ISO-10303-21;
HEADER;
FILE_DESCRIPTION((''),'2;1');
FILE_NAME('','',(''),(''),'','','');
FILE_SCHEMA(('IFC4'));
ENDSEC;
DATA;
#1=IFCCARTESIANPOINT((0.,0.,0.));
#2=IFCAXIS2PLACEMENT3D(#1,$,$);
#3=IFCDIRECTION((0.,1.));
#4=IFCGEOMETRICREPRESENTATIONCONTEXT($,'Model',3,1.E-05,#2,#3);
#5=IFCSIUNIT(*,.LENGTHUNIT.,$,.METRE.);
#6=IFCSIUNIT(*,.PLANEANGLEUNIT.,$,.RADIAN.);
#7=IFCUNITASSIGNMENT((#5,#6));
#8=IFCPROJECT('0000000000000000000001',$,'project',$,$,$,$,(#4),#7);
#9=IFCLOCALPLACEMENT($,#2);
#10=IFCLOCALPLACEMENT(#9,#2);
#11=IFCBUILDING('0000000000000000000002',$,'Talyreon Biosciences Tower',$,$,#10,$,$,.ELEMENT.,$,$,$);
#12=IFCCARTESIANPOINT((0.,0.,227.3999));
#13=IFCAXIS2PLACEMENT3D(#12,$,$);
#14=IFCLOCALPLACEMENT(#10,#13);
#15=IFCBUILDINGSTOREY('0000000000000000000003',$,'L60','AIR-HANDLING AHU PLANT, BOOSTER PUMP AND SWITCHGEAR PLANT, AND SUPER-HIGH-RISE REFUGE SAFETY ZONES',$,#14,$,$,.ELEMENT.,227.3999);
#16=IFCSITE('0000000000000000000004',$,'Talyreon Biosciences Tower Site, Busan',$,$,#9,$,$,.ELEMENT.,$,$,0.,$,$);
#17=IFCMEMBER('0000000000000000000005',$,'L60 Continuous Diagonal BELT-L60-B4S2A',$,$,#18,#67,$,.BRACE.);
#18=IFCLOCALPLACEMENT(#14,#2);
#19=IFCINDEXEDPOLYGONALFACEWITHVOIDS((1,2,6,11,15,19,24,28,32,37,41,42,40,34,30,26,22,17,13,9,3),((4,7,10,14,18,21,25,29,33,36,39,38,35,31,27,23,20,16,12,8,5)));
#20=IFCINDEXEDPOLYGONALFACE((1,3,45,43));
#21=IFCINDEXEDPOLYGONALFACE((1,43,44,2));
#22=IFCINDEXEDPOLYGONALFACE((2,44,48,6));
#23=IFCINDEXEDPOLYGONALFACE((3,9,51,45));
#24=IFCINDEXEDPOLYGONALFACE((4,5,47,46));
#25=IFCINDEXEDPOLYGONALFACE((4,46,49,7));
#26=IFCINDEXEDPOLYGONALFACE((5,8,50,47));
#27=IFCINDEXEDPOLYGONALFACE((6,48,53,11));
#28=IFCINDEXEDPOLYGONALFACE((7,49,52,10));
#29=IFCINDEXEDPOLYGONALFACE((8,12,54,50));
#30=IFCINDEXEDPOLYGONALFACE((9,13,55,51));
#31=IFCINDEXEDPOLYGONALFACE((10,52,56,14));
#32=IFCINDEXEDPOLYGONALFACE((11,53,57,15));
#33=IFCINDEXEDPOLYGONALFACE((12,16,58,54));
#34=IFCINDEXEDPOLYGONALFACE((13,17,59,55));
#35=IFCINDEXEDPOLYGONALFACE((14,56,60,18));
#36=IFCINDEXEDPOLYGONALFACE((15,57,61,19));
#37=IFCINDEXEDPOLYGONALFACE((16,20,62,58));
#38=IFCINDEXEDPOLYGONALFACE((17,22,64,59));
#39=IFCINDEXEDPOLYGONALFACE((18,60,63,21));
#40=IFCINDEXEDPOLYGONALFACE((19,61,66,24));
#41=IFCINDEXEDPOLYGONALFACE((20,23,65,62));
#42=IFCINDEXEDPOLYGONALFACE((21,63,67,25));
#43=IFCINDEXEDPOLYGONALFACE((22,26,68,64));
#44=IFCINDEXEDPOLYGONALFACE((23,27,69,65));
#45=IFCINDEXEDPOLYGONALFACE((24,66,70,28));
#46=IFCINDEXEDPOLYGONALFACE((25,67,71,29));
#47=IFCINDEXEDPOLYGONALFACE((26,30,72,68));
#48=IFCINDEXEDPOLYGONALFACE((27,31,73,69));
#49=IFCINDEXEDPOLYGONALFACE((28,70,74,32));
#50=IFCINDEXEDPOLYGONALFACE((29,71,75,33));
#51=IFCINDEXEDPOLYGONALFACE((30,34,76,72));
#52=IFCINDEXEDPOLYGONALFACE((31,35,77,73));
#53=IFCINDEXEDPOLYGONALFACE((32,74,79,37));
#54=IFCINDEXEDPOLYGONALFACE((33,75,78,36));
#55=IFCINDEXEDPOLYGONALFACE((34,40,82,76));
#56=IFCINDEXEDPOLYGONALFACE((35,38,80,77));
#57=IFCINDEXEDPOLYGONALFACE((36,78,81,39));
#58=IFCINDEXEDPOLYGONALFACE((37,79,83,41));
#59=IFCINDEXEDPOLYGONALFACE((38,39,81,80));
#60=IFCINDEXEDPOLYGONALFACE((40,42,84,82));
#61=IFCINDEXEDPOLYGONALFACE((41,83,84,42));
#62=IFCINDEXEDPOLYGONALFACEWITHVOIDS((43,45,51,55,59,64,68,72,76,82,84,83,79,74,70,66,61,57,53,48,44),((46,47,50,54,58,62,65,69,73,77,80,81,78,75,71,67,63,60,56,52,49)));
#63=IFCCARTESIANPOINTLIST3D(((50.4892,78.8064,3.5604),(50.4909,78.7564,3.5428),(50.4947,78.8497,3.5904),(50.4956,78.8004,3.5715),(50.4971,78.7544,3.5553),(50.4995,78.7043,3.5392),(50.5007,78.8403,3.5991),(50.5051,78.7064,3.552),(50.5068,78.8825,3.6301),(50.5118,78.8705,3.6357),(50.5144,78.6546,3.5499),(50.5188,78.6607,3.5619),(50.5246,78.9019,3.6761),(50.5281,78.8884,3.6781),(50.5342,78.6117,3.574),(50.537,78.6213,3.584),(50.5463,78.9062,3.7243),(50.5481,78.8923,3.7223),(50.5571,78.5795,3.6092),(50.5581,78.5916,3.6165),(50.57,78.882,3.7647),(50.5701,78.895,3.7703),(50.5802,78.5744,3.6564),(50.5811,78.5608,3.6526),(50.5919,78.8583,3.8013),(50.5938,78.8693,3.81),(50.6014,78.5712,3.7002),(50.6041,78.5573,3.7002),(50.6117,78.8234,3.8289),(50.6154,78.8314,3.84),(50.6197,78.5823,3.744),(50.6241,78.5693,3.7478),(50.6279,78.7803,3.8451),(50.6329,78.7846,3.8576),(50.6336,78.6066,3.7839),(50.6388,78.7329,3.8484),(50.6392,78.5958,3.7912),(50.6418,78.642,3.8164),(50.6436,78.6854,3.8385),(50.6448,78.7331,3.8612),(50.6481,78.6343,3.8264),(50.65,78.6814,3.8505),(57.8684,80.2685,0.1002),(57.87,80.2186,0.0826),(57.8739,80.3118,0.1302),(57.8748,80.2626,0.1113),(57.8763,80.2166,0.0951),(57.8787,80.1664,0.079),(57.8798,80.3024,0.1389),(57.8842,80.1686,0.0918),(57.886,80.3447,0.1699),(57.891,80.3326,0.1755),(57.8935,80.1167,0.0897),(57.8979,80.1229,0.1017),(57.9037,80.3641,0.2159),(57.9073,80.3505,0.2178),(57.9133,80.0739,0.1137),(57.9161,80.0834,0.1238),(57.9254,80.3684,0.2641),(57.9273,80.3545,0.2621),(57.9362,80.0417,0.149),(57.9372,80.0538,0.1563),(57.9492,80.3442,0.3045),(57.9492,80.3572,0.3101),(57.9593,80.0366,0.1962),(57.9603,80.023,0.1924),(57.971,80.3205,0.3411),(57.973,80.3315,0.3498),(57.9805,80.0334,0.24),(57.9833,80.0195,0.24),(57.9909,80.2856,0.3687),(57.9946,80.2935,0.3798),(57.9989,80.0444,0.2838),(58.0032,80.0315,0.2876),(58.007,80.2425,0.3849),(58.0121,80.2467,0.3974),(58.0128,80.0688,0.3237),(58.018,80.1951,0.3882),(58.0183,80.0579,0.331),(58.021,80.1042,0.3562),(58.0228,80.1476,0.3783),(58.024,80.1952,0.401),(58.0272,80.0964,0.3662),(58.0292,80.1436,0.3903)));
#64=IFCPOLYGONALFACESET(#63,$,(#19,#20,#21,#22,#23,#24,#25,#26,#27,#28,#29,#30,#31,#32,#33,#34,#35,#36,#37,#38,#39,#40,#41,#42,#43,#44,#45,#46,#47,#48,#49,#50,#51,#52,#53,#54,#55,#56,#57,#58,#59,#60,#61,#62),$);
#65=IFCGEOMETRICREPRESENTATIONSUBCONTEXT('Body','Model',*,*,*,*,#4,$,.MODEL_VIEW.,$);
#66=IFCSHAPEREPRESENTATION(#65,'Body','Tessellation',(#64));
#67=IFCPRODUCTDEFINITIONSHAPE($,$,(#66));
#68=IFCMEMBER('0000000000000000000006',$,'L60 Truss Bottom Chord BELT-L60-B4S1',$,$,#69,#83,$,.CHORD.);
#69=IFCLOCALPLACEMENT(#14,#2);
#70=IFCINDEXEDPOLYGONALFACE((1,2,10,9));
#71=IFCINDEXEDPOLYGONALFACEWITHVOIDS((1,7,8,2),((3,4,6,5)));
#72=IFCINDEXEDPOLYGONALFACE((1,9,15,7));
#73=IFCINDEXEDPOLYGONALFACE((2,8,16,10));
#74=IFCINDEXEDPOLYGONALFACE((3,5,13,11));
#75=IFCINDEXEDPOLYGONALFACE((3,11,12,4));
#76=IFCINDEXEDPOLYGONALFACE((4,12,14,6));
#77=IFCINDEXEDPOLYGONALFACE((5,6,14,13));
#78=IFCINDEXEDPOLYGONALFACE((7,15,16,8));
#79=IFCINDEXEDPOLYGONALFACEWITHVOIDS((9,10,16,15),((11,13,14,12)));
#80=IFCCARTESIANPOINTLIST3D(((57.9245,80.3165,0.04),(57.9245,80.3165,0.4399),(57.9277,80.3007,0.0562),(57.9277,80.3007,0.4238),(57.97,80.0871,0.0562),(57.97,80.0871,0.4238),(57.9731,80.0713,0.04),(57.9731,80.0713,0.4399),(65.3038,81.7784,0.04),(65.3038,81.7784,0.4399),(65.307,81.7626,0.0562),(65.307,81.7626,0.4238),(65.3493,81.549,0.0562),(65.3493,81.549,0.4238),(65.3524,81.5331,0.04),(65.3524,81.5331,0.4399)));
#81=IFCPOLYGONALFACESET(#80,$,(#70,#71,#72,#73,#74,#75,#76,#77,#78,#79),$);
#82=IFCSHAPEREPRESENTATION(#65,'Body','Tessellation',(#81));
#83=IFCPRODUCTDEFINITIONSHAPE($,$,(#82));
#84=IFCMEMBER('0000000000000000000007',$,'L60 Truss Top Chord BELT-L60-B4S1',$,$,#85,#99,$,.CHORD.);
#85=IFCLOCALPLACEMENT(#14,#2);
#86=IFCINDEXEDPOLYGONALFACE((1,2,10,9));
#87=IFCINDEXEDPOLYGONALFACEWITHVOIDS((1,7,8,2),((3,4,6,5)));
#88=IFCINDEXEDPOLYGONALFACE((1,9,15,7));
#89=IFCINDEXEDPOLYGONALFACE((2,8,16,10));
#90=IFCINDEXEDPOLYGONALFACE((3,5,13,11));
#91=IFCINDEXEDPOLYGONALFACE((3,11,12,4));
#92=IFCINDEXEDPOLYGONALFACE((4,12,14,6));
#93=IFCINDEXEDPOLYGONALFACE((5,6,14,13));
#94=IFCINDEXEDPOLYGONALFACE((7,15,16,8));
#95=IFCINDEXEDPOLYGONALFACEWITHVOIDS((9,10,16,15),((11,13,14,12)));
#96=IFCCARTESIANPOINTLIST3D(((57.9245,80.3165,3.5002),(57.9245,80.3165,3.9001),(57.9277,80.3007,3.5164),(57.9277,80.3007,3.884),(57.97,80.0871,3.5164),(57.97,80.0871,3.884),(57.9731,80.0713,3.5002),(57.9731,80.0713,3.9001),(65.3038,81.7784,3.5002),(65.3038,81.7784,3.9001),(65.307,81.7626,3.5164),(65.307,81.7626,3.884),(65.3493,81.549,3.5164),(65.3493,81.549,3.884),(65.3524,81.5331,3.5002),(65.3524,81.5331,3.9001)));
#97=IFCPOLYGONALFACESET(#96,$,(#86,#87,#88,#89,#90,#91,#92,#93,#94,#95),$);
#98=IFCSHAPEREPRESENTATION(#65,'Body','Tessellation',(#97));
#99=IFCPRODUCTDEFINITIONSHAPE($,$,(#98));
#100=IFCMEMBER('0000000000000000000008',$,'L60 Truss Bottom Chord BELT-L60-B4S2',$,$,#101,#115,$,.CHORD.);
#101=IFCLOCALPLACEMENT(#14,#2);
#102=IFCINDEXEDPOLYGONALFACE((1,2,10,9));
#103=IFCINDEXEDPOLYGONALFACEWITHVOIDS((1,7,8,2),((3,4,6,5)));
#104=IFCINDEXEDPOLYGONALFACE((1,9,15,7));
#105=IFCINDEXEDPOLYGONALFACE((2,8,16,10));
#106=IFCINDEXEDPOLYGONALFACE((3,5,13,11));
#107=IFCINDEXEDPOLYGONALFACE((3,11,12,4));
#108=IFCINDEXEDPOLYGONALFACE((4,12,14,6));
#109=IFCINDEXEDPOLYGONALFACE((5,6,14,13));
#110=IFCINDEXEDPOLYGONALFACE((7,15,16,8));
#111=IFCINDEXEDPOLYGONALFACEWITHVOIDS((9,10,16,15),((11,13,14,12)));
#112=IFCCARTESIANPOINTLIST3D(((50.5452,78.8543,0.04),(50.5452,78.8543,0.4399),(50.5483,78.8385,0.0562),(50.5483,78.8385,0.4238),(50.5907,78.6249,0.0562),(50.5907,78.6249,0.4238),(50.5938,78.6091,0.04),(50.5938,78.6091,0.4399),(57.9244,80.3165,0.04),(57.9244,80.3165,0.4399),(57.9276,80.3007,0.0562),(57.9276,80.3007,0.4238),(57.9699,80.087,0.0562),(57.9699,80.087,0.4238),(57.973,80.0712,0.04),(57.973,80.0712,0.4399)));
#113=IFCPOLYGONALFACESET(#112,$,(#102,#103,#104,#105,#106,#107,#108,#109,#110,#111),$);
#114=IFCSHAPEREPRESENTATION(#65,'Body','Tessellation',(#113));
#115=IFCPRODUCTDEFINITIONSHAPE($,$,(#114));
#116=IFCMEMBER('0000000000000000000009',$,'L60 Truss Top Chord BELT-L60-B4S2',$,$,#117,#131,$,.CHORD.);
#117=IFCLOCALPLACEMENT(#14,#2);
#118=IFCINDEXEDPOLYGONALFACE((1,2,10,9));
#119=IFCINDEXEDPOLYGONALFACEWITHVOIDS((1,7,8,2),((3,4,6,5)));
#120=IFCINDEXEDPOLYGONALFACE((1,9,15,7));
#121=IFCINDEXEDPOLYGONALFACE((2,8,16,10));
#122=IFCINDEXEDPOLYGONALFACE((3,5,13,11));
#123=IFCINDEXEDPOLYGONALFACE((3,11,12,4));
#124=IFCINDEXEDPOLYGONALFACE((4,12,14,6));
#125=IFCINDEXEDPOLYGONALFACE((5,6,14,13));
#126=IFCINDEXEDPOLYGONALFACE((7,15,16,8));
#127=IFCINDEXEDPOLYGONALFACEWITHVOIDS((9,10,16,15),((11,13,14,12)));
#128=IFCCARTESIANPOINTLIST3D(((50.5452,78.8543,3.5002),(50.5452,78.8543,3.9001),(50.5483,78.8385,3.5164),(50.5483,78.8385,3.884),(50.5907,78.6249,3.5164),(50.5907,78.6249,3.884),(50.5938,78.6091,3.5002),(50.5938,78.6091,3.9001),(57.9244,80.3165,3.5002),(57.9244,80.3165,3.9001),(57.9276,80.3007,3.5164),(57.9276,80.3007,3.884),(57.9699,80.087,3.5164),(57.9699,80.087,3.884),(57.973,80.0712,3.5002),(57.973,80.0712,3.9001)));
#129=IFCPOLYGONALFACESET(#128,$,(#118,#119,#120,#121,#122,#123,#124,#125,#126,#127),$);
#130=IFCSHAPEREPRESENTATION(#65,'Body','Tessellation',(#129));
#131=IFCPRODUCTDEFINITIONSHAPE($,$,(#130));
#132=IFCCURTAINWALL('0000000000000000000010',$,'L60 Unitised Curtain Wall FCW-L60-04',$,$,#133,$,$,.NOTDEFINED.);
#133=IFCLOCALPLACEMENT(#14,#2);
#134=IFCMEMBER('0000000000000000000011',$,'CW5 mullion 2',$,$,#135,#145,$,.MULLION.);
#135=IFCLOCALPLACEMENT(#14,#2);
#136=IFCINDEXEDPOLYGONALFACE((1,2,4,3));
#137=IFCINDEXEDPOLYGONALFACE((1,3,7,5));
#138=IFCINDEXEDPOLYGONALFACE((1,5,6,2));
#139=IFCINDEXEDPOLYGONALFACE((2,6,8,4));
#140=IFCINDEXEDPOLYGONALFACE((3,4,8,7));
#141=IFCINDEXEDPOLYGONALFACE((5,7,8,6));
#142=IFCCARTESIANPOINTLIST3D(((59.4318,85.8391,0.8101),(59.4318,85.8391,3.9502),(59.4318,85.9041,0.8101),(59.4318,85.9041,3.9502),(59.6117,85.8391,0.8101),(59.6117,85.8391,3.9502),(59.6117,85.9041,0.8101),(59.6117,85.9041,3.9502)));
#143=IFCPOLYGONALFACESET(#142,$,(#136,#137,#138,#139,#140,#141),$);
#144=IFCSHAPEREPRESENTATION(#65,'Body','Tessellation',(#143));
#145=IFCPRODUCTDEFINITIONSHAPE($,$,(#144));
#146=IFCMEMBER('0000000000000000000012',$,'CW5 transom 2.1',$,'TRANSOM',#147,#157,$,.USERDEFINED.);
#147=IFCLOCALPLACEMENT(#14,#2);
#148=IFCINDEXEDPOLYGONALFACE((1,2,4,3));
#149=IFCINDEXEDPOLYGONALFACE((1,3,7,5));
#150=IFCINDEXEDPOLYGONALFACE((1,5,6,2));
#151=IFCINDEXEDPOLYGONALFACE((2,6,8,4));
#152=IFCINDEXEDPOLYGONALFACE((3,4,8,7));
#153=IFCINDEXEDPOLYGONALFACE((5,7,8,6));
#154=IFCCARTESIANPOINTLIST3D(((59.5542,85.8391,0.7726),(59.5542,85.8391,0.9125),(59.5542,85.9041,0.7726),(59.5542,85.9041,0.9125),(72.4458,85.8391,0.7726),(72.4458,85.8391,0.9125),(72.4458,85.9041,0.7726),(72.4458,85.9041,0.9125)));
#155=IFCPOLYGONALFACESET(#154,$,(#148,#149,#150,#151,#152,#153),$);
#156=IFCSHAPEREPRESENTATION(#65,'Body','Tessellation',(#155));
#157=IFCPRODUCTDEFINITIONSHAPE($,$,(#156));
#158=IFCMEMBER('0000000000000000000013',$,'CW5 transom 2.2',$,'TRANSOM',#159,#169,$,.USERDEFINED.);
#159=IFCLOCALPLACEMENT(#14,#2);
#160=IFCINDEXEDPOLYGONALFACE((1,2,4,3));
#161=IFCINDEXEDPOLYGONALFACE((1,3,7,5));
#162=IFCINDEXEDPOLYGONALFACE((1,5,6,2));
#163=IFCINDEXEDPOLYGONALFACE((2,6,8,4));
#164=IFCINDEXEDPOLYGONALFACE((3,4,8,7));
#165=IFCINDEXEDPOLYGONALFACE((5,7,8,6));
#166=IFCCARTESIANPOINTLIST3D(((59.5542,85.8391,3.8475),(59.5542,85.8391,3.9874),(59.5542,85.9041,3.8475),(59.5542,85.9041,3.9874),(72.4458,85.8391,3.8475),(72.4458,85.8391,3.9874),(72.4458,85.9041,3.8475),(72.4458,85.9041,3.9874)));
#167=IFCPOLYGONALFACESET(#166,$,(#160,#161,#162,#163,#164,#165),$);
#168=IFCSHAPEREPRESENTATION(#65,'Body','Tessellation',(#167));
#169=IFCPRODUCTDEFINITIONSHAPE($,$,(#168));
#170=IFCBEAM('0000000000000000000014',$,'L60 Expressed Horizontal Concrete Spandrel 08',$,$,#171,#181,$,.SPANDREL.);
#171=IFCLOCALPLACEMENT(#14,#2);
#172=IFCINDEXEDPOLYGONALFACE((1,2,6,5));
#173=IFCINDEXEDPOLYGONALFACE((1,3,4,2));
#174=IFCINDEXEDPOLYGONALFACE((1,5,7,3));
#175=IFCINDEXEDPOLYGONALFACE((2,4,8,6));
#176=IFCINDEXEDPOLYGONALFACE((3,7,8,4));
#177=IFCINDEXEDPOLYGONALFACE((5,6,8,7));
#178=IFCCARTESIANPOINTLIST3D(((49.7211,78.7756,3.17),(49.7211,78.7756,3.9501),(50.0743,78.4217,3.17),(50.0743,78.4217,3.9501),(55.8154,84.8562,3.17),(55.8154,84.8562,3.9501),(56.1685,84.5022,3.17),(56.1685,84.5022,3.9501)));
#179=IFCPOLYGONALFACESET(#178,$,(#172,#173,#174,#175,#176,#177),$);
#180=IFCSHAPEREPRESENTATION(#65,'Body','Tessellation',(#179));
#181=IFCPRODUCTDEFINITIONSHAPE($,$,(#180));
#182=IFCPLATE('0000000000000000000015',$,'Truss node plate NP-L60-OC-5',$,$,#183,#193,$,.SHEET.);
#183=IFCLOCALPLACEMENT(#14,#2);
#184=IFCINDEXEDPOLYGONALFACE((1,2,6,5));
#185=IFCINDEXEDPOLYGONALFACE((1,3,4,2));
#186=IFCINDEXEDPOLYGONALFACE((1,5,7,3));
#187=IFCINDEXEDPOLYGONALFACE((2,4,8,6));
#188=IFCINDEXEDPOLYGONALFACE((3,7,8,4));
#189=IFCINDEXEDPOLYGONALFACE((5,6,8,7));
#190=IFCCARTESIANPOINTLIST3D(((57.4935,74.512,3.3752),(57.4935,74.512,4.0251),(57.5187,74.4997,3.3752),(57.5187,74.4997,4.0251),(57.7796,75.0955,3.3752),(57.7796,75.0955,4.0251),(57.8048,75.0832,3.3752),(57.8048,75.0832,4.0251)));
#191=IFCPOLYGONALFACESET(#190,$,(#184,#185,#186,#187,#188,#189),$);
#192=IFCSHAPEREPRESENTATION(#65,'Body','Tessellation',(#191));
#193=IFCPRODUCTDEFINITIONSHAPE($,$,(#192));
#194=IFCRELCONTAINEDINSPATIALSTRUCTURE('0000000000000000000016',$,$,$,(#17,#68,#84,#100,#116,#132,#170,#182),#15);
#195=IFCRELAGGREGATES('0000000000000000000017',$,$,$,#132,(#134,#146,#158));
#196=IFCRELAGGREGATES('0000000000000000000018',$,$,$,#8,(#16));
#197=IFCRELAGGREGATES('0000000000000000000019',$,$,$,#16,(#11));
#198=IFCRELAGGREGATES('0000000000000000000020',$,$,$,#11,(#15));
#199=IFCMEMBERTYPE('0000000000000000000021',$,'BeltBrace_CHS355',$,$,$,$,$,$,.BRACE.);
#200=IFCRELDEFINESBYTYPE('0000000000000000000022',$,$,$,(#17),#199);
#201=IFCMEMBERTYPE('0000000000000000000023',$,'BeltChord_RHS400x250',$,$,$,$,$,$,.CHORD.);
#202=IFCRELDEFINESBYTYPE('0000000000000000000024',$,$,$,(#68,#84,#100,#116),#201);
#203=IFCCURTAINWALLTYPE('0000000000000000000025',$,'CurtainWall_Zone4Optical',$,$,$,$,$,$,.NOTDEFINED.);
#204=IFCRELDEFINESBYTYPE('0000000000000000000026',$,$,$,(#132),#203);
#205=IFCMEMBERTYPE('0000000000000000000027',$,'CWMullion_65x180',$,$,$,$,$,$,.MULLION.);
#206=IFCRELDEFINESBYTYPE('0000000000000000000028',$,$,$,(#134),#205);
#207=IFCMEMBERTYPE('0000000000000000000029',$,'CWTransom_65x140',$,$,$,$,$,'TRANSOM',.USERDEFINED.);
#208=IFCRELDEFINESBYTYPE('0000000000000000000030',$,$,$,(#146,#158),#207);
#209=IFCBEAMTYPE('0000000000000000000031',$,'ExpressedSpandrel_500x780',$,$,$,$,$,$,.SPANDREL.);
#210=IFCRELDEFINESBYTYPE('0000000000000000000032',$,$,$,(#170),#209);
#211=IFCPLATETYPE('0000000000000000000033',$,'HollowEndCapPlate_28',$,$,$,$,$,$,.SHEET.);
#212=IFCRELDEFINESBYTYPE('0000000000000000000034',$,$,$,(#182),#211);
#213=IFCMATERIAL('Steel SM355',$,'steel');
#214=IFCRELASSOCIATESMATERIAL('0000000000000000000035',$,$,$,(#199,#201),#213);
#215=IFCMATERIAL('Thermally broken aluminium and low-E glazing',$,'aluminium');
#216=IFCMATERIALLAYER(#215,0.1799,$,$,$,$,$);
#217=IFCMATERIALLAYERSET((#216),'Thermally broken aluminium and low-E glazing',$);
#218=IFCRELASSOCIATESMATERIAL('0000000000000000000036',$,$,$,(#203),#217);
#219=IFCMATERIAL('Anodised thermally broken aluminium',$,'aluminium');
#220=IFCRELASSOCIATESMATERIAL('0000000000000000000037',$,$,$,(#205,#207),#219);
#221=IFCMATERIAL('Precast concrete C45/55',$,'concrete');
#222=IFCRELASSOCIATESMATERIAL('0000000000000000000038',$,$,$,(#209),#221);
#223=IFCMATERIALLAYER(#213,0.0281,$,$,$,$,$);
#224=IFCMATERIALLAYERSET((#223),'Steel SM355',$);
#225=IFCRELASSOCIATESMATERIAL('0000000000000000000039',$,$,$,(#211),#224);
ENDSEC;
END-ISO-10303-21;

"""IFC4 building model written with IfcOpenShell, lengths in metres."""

from ifc_helpers import new_model, si_unit, direction, frame, origin, origin_2d, place, context, subcontext, project, spatial, rectangle, hollow_rectangle, hollow_circle, extrude, material, layer, layer_set, material_profile, profile_set, type_object, element, aggregate, save


model = new_model("IFC4")

# Units and contexts
model_context = context("Model", 3, precision=1e-05, world=origin(), true_north=direction((0.0, 1.0)))
body_context = subcontext(model_context, "Body", "Model", "MODEL_VIEW")
ifc_project = project(units=[si_unit("LENGTHUNIT", "METRE"), si_unit("PLANEANGLEUNIT", "RADIAN")], contexts=[model_context])

# Site, building, storey
site_placement = place(None, origin())
site = spatial("IfcSite", under=ifc_project, at=site_placement, Name="Talyreon Biosciences Tower Site, Busan", CompositionType="ELEMENT", RefElevation=0.0)
building_placement = place(site_placement, origin())
building = spatial("IfcBuilding", under=site, at=building_placement, Name="Talyreon Biosciences Tower", CompositionType="ELEMENT")
storey_placement = place(building_placement, frame((0.0, 0.0, 227.3999)))
storey = spatial("IfcBuildingStorey", under=building, at=storey_placement, Name="L60", Description="AIR-HANDLING AHU PLANT, BOOSTER PUMP AND SWITCHGEAR PLANT, AND SUPER-HIGH-RISE REFUGE SAFETY ZONES", CompositionType="ELEMENT", Elevation=227.3999)

# Members
ifc_material_1 = material(Name="Steel SM355", Category="steel")
ifc_material_profile_1 = material_profile(ifc_material_1, hollow_circle(Radius=0.1777, WallThickness=0.0142, at=origin_2d()), Name="CHS 355.6x14.2")
ifc_profile_set_1 = profile_set([ifc_material_profile_1], Name="Steel SM355")
member_type_1 = type_object("IfcMemberType", Name="BeltBrace_CHS355", PredefinedType="BRACE", material=ifc_profile_set_1)
member_1_placement = place(storey_placement, frame((57.9487, 80.1938, 0.24), z_axis=(-0.891173, -0.176584, 0.417886), x_axis=(0.194368, -0.980929, 0.0)))
element("IfcMember", 1, at=member_1_placement, inside=storey, type_object=member_type_1, Name="L60 Continuous Diagonal BELT-L60-B4S2A", PredefinedType="BRACE", context=body_context, shape_type="SweptSolid", body=[
    extrude(hollow_circle(Radius=0.1777, WallThickness=0.0142, at=origin_2d()), origin(), (0.0, 0.0, 1.0), 8.2803),
])
ifc_material_profile_2 = material_profile(ifc_material_1, hollow_rectangle(XDim=0.25, YDim=0.3999, WallThickness=0.0161, at=origin_2d()), Name="RHS 400x250x16")
ifc_profile_set_2 = profile_set([ifc_material_profile_2], Name="Steel SM355")
member_type_2 = type_object("IfcMemberType", Name="BeltChord_RHS400x250", PredefinedType="CHORD", material=ifc_profile_set_2)
for number, where, z_axis, x_axis, name in (
    (2, (65.3281, 81.6558, 0.24), (-0.980936, -0.194331, 0.0), (0.194331, -0.980936, 0.0), "L60 Truss Bottom Chord BELT-L60-B4S1"),
    (3, (65.3281, 81.6558, 3.7002), (-0.980936, -0.194331, 0.0), (0.194331, -0.980936, 0.0), "L60 Truss Top Chord BELT-L60-B4S1"),
    (4, (57.9487, 80.1938, 0.24), (-0.980929, -0.194368, 0.0), (0.194368, -0.980929, 0.0), "L60 Truss Bottom Chord BELT-L60-B4S2"),
    (5, (57.9487, 80.1938, 3.7002), (-0.980929, -0.194368, 0.0), (0.194368, -0.980929, 0.0), "L60 Truss Top Chord BELT-L60-B4S2"),
):
    element("IfcMember", number, at=place(storey_placement, frame(where, z_axis=z_axis, x_axis=x_axis)), inside=storey, type_object=member_type_2, Name=name, PredefinedType="CHORD", context=body_context, shape_type="SweptSolid", body=[
        extrude(hollow_rectangle(XDim=0.25, YDim=0.3999, WallThickness=0.0161, at=origin_2d()), origin(), (0.0, 0.0, 1.0), 7.5227),
    ])

# Curtain wall, members
ifc_material_2 = material(Name="Thermally broken aluminium and low-E glazing", Category="aluminium")
ifc_layer_1 = layer(ifc_material_2, 0.1799)
ifc_layer_set_1 = layer_set([ifc_layer_1], Name="Thermally broken aluminium and low-E glazing")
curtain_wall_type = type_object("IfcCurtainWallType", Name="CurtainWall_Zone4Optical", PredefinedType="NOTDEFINED", material=ifc_layer_set_1)
curtain_wall_placement = place(storey_placement, origin())
curtain_wall = element("IfcCurtainWall", 6, at=curtain_wall_placement, inside=storey, type_object=curtain_wall_type, Name="L60 Unitised Curtain Wall FCW-L60-04", PredefinedType="NOTDEFINED")
ifc_material_3 = material(Name="Anodised thermally broken aluminium", Category="aluminium")
ifc_material_profile_3 = material_profile(ifc_material_3, rectangle(XDim=0.0649, YDim=0.1799, at=origin_2d()), Name="ALUM MULLION 65x180")
ifc_profile_set_3 = profile_set([ifc_material_profile_3], Name="Anodised thermally broken aluminium")
member_type_3 = type_object("IfcMemberType", Name="CWMullion_65x180", PredefinedType="MULLION", material=ifc_profile_set_3)
member_2_placement = place(storey_placement, frame((59.5217, 85.8716, 0.8101), z_axis=(0.0, 0.0, 1.0), x_axis=(0.0, 1.0, 0.0)))
member_2 = element("IfcMember", 7, at=member_2_placement, type_object=member_type_3, Name="CW5 mullion 2", PredefinedType="MULLION", context=body_context, shape_type="SweptSolid", body=[
    extrude(rectangle(XDim=0.0649, YDim=0.1799, at=origin_2d()), origin(), (0.0, 0.0, 1.0), 3.1401),
])
ifc_material_profile_4 = material_profile(ifc_material_3, rectangle(XDim=0.0649, YDim=0.1399, at=origin_2d()), Name="ALUM TRANSOM 65x140")
ifc_profile_set_4 = profile_set([ifc_material_profile_4], Name="Anodised thermally broken aluminium")
member_type_4 = type_object("IfcMemberType", Name="CWTransom_65x140", ElementType="TRANSOM", PredefinedType="USERDEFINED", material=ifc_profile_set_4)
member_3_placement = place(storey_placement, frame((59.5542, 85.8716, 0.8425), z_axis=(1.0, 0.0, 0.0), x_axis=(0.0, 1.0, 0.0)))
member_3 = element("IfcMember", 8, at=member_3_placement, type_object=member_type_4, Name="CW5 transom 2.1", ObjectType="TRANSOM", PredefinedType="USERDEFINED", context=body_context, shape_type="SweptSolid", body=[
    extrude(rectangle(XDim=0.0649, YDim=0.1399, at=origin_2d()), origin(), (0.0, 0.0, 1.0), 12.8916),
])
member_4_placement = place(storey_placement, frame((59.5542, 85.8716, 3.9175), z_axis=(1.0, 0.0, 0.0), x_axis=(0.0, 1.0, 0.0)))
member_4 = element("IfcMember", 9, at=member_4_placement, type_object=member_type_4, Name="CW5 transom 2.2", ObjectType="TRANSOM", PredefinedType="USERDEFINED", context=body_context, shape_type="SweptSolid", body=[
    extrude(rectangle(XDim=0.0649, YDim=0.1399, at=origin_2d()), origin(), (0.0, 0.0, 1.0), 12.8916),
])
aggregate(curtain_wall, [member_2, member_3, member_4])

# Beam
ifc_material_4 = material(Name="Precast concrete C45/55", Category="concrete")
ifc_material_profile_5 = material_profile(ifc_material_4, rectangle(XDim=0.5, YDim=0.78, at=origin_2d()), Name="RCB 500x780")
ifc_profile_set_5 = profile_set([ifc_material_profile_5], Name="Precast concrete C45/55")
beam_type = type_object("IfcBeamType", Name="ExpressedSpandrel_500x780", PredefinedType="SPANDREL", material=ifc_profile_set_5)
beam_placement = place(storey_placement, frame((55.9919, 84.6792, 3.5601), z_axis=(-0.7079, -0.706312, 0.0), x_axis=(0.706312, -0.7079, 0.0)))
element("IfcBeam", 10, at=beam_placement, inside=storey, type_object=beam_type, Name="L60 Expressed Horizontal Concrete Spandrel 08", PredefinedType="SPANDREL", context=body_context, shape_type="SweptSolid", body=[
    extrude(rectangle(XDim=0.5, YDim=0.78, at=origin_2d()), origin(), (0.0, 0.0, 1.0), 8.6089),
])

# Plate
ifc_layer_2 = layer(ifc_material_1, 0.0281)
ifc_layer_set_2 = layer_set([ifc_layer_2], Name="Steel SM355")
plate_type_1 = type_object("IfcPlateType", Name="HollowEndCapPlate_28", PredefinedType="SHEET", material=ifc_layer_set_2)
for number, where, z_axis, x_axis, name in (
    (11, (57.6492, 74.7976, 3.3752), (0.0, 0.0, 1.0), (-0.440284, -0.897859, 0.0), "Truss node plate NP-L60-OC-5"),
):
    element("IfcPlate", number, at=place(storey_placement, frame(where, z_axis=z_axis, x_axis=x_axis)), inside=storey, type_object=plate_type_1, Name=name, PredefinedType="SHEET", context=body_context, shape_type="SweptSolid", body=[
        extrude(rectangle(XDim=0.6499, YDim=0.0281, at=origin_2d()), origin(), (0.0, 0.0, 1.0), 0.6499),
    ])

save(model, "model.ifc")
